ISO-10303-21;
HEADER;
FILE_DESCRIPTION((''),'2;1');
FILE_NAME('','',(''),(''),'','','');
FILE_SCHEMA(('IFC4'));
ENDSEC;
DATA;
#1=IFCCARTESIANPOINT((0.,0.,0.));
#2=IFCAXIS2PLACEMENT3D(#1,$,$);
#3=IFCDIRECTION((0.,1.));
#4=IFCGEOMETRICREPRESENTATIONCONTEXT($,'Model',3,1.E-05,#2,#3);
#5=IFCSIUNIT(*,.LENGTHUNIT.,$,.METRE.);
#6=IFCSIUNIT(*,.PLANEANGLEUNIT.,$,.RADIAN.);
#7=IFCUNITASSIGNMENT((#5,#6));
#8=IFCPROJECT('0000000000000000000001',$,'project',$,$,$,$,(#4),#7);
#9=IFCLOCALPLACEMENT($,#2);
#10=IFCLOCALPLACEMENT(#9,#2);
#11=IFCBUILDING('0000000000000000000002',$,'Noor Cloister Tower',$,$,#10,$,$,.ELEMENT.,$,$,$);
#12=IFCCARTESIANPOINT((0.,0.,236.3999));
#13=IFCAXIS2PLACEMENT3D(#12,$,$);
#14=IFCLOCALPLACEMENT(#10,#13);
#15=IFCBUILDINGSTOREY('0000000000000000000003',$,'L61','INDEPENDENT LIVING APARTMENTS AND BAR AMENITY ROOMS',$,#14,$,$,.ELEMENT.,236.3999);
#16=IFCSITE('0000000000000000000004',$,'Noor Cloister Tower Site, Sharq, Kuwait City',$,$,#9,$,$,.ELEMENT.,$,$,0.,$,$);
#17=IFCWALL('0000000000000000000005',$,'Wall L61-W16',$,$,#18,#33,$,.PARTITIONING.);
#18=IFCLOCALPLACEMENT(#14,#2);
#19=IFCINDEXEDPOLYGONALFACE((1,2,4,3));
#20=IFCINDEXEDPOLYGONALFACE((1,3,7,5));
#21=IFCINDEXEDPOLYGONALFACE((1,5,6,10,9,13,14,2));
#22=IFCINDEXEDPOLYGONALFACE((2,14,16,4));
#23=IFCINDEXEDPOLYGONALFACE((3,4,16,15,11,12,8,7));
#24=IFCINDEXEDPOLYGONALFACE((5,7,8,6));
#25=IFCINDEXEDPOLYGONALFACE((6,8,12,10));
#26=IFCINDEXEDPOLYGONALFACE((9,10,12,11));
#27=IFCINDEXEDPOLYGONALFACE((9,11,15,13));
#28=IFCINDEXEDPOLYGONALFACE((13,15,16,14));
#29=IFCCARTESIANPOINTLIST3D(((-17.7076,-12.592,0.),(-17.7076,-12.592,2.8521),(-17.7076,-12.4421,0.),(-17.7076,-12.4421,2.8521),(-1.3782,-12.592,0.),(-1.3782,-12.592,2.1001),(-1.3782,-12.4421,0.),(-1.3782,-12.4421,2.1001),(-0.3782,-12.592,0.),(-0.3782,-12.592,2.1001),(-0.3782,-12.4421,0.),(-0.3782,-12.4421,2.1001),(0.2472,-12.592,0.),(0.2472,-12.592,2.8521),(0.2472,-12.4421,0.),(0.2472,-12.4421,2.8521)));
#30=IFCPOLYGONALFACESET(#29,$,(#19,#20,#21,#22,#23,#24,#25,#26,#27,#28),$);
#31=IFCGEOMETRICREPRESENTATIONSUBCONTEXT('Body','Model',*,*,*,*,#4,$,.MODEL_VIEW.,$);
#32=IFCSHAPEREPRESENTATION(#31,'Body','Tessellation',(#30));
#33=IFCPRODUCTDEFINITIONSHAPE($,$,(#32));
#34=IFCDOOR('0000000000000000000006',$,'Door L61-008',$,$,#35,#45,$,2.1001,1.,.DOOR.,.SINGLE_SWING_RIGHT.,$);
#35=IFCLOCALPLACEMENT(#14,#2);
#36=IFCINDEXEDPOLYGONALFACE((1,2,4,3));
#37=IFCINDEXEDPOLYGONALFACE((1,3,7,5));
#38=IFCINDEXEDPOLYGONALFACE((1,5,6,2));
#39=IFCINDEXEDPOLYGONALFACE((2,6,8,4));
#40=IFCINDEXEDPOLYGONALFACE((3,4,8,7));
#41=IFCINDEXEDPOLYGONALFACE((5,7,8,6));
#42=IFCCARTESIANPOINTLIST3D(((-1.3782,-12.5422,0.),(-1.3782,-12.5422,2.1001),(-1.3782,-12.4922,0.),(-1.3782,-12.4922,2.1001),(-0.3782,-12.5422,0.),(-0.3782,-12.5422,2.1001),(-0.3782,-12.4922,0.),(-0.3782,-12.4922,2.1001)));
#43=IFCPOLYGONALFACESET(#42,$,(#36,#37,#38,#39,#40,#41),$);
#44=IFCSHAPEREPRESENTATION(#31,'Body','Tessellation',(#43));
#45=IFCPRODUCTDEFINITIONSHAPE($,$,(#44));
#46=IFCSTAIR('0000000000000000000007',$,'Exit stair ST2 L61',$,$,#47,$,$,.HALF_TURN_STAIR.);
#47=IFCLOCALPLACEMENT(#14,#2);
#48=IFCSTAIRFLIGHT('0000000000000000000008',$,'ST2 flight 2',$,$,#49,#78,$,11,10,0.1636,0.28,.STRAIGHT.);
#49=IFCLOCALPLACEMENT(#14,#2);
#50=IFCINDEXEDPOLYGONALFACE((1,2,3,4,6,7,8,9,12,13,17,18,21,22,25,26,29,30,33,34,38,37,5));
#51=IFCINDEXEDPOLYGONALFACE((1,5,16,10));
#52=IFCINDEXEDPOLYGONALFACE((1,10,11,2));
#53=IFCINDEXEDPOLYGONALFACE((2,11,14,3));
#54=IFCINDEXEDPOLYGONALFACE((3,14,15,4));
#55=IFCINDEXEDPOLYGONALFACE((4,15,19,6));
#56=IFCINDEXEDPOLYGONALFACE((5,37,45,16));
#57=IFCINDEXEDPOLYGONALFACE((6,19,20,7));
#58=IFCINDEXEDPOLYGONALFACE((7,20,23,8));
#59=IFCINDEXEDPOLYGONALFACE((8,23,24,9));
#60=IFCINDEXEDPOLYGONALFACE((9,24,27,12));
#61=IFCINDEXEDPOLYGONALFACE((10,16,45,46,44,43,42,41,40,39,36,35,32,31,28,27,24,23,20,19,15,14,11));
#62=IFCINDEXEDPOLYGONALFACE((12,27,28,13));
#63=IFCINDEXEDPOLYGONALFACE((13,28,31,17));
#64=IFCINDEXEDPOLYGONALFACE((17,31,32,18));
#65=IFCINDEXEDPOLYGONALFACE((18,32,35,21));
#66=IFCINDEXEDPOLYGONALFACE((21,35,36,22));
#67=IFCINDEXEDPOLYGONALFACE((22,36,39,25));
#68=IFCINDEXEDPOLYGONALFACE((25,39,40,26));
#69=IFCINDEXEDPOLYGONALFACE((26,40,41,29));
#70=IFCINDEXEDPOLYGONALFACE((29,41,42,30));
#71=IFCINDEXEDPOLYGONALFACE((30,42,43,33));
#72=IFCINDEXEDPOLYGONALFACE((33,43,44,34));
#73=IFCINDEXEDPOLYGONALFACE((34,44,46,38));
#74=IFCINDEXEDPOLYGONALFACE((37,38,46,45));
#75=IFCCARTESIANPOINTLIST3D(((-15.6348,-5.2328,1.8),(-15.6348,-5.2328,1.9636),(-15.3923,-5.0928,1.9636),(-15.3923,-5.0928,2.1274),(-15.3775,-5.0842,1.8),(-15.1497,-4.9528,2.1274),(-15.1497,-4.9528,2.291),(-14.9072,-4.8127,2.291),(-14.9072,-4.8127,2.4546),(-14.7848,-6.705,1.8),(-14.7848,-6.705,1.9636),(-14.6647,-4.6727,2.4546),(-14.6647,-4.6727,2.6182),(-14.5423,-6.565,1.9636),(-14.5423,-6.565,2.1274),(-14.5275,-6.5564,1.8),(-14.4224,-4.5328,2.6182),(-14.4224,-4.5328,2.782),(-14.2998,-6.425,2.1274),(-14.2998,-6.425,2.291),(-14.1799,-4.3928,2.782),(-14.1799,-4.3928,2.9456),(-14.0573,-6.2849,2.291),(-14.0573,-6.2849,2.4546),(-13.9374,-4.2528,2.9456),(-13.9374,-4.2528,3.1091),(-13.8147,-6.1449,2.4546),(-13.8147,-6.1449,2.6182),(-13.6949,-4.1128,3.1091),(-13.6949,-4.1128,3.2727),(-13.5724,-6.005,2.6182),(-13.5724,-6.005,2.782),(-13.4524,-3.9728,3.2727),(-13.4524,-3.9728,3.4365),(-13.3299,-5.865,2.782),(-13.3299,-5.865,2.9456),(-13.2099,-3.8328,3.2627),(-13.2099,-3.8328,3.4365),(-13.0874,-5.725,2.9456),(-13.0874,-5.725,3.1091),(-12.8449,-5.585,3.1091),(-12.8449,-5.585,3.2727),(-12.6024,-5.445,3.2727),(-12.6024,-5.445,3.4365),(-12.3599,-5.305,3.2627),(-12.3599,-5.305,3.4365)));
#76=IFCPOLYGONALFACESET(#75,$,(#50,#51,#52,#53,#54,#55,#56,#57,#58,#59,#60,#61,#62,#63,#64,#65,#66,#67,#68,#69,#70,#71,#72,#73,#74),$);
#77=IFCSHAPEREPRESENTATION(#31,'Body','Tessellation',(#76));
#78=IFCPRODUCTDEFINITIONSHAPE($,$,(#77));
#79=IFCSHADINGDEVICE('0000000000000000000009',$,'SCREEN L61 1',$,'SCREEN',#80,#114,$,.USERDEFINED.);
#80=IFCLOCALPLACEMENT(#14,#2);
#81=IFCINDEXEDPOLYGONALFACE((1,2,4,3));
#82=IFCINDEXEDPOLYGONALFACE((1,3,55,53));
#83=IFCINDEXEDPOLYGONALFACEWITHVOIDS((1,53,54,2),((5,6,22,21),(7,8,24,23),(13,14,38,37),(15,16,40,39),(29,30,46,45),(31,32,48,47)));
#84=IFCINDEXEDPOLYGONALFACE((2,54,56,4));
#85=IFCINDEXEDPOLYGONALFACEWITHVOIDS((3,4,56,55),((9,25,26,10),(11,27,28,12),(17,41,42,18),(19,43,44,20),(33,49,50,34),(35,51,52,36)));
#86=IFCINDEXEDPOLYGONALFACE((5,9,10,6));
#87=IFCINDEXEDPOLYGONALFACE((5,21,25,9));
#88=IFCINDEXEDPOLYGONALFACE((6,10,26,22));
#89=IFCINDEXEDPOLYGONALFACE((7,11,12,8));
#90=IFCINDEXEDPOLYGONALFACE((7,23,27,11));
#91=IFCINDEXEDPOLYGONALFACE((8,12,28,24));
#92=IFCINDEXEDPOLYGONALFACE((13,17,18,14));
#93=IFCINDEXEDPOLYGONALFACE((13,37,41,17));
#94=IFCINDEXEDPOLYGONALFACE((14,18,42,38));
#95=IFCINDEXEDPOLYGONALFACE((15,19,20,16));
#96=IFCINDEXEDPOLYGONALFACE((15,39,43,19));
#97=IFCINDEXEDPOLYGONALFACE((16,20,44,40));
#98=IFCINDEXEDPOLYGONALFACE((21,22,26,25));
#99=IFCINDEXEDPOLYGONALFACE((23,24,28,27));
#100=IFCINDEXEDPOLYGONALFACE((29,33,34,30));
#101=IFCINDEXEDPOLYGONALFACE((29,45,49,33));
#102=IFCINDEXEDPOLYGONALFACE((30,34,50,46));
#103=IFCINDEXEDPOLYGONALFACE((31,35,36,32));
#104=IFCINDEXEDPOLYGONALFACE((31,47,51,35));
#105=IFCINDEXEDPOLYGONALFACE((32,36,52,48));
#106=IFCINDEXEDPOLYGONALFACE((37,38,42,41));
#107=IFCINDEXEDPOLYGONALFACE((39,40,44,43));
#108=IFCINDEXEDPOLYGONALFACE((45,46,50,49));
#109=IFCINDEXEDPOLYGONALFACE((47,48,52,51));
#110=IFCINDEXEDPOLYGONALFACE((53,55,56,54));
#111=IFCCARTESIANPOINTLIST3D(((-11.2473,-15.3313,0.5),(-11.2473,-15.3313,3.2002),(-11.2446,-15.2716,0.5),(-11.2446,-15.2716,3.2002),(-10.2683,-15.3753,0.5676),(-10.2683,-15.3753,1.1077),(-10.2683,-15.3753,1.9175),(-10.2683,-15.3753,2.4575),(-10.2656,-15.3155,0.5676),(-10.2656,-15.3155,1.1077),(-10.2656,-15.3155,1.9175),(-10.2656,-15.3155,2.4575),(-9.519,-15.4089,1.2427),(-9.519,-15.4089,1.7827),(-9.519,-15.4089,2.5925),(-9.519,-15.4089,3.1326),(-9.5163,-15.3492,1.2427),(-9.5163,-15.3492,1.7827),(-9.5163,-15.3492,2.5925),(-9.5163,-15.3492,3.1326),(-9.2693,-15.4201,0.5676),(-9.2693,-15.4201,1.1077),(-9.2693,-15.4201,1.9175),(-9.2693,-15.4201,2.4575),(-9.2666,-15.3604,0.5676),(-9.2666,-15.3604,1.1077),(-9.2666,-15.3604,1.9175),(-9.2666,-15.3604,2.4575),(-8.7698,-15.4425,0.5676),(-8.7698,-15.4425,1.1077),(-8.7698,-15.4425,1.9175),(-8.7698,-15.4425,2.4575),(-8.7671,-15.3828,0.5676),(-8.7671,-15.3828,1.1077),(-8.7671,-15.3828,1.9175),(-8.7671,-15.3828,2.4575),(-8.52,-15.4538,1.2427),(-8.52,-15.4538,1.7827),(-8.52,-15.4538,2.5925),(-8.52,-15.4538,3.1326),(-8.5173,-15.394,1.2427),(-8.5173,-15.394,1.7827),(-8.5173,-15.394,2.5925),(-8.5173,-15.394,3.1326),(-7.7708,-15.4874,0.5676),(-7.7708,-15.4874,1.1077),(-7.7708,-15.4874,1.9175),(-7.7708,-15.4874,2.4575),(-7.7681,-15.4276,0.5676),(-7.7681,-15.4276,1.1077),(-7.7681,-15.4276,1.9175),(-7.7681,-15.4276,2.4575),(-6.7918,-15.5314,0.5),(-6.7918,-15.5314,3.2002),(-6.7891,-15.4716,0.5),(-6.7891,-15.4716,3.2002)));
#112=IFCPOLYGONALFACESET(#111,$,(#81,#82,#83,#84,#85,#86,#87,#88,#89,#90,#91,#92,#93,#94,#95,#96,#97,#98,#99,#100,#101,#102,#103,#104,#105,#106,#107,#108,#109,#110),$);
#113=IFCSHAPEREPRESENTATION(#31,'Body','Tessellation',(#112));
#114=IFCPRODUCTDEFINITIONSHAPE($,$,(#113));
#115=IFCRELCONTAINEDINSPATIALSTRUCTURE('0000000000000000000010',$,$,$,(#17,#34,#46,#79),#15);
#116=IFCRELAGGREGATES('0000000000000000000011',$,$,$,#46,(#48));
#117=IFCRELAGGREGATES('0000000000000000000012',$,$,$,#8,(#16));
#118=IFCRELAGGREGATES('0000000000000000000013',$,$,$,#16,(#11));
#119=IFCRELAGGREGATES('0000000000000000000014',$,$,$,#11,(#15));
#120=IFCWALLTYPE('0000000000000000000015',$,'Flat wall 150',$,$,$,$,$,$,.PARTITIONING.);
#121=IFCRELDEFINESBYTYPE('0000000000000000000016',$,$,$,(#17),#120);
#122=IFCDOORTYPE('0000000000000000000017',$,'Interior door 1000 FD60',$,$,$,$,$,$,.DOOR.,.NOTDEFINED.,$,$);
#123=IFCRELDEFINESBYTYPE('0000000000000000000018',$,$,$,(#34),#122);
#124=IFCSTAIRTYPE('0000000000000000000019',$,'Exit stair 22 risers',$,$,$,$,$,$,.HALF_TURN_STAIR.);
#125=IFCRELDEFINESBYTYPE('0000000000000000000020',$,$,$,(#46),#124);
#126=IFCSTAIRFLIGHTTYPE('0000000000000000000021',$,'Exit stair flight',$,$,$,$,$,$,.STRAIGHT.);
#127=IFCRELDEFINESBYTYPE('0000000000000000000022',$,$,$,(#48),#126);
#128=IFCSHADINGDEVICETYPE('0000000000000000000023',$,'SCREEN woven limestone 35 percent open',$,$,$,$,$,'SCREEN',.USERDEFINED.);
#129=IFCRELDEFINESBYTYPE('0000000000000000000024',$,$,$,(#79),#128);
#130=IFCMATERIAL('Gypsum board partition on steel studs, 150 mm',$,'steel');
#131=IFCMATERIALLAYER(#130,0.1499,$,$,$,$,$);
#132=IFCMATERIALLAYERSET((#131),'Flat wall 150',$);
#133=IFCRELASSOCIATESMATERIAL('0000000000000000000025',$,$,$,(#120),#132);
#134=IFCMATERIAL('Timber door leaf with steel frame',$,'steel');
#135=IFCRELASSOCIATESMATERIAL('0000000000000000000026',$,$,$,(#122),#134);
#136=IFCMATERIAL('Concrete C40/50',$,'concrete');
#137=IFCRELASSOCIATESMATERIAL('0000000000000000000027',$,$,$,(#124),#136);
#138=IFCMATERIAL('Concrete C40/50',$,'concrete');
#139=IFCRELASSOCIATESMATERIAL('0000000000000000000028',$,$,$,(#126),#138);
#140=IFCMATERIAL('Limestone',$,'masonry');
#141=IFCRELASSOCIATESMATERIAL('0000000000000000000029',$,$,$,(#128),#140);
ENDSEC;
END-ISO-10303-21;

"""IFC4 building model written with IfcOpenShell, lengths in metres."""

from ifc_helpers import new_model, si_unit, direction, frame, frame_2d, origin, place, context, subcontext, project, spatial, polyline, rectangle, outline, extrude, material, layer, layer_set, material_profile, profile_set, type_object, element, fill, aggregate, save


model = new_model("IFC4")

# Units and contexts
model_context = context("Model", 3, precision=1e-05, world=origin(), true_north=direction((0.0, 1.0)))
body_context = subcontext(model_context, "Body", "Model", "MODEL_VIEW")
ifc_project = project(units=[si_unit("LENGTHUNIT", "METRE"), si_unit("PLANEANGLEUNIT", "RADIAN")], contexts=[model_context])

# Site, building, storey
site_placement = place(None, origin())
site = spatial("IfcSite", under=ifc_project, at=site_placement, Name="Noor Cloister Tower Site, Sharq, Kuwait City", CompositionType="ELEMENT", RefElevation=0.0)
building_placement = place(site_placement, origin())
building = spatial("IfcBuilding", under=site, at=building_placement, Name="Noor Cloister Tower", CompositionType="ELEMENT")
storey_placement = place(building_placement, frame((0.0, 0.0, 236.3999)))
storey = spatial("IfcBuildingStorey", under=building, at=storey_placement, Name="L61", Description="INDEPENDENT LIVING APARTMENTS AND BAR AMENITY ROOMS", CompositionType="ELEMENT", Elevation=236.3999)

# Wall, opening, door
ifc_material_1 = material(Name="Gypsum board partition on steel studs, 150 mm", Category="steel")
ifc_layer_1 = layer(ifc_material_1, 0.1499)
ifc_layer_set_1 = layer_set([ifc_layer_1], Name="Flat wall 150")
wall_type_1 = type_object("IfcWallType", Name="Flat wall 150", PredefinedType="PARTITIONING", material=ifc_layer_set_1)
ifc_material_2 = material(Name="Timber door leaf with steel frame", Category="steel")
door_type_1 = type_object("IfcDoorType", Name="Interior door 1000 FD60", OperationType="NOTDEFINED", PredefinedType="DOOR", material=ifc_material_2)
wall_1_placement = place(storey_placement, frame((-17.7078, -12.5171, 0.0), z_axis=(0.0, 0.0, 1.0), x_axis=(1.0, 0.0, 0.0)))
wall_1 = element("IfcWall", 1, at=wall_1_placement, inside=storey, type_object=wall_type_1, Name="Wall L61-W16", PredefinedType="PARTITIONING", context=body_context, shape_type="SweptSolid", body=[
    extrude(rectangle(XDim=17.9548, YDim=0.1499, at=frame_2d((8.9775, 0.0))), origin(), (0.0, 0.0, 1.0), 2.8521),
])
opening_1_placement = place(wall_1_placement, frame((16.3296, 0.0, 0.0)))
opening_1 = element("IfcOpeningElement", 2, at=opening_1_placement, cuts=wall_1, PredefinedType="OPENING", context=body_context, shape_type="SweptSolid", body=[
    extrude(rectangle(XDim=1.0, YDim=2.1001, at=frame_2d((0.5, 1.05))), frame((0.0, 0.085, 0.0), z_axis=(0.0, -1.0, 0.0), x_axis=(1.0, 0.0, 0.0)), (0.0, 0.0, 1.0), 0.1699),
])
door_1_placement = place(opening_1_placement, origin())
door_1 = element("IfcDoor", 3, at=door_1_placement, inside=storey, type_object=door_type_1, Name="Door L61-008", OperationType="SINGLE_SWING_RIGHT", OverallHeight=2.1001, OverallWidth=1.0, PredefinedType="DOOR", context=body_context, shape_type="SweptSolid", body=[
    extrude(rectangle(XDim=1.0, YDim=2.1001, at=frame_2d((0.5, 1.05))), frame((0.0, 0.0249, 0.0), z_axis=(0.0, -1.0, 0.0), x_axis=(1.0, 0.0, 0.0)), (0.0, 0.0, 1.0), 0.05),
])
fill(opening_1, door_1)

# Stair, stair flight
ifc_material_3 = material(Name="Concrete C40/50", Category="concrete")
stair_type = type_object("IfcStairType", Name="Exit stair 22 risers", PredefinedType="HALF_TURN_STAIR", material=ifc_material_3)
stair_placement = place(storey_placement, origin())
stair = element("IfcStair", 4, at=stair_placement, inside=storey, type_object=stair_type, Name="Exit stair ST2 L61", PredefinedType="HALF_TURN_STAIR")
ifc_material_4 = material(Name="Concrete C40/50", Category="concrete")
stair_flight_type = type_object("IfcStairFlightType", Name="Exit stair flight", PredefinedType="STRAIGHT", material=ifc_material_4)
stair_flight_placement = place(storey_placement, frame((-15.2097, -5.969, 1.8), z_axis=(0.0, 0.0, 1.0), x_axis=(0.866025, 0.5, 0.0)))
stair_flight = element("IfcStairFlight", 5, at=stair_flight_placement, type_object=stair_flight_type, Name="ST2 flight 2", NumberOfRisers=11, NumberOfTreads=10, PredefinedType="STRAIGHT", RiserHeight=0.1636, TreadLength=0.28, context=body_context, shape_type="SweptSolid", body=[
    extrude(outline(polyline([(0.0, 0.0), (0.0, 0.1636), (0.28, 0.1636), (0.28, 0.3274), (0.5601, 0.3274), (0.5601, 0.491), (0.8401, 0.491), (0.8401, 0.6545), (1.1201, 0.6545), (1.1201, 0.8181), (1.3999, 0.8181), (1.3999, 0.9819), (1.6799, 0.9819), (1.6799, 1.1455), (1.96, 1.1455), (1.96, 1.3091), (2.24, 1.3091), (2.24, 1.4727), (2.52, 1.4727), (2.52, 1.6365), (2.8, 1.6365), (2.8, 1.8), (2.8, 1.4626), (0.2971, 0.0), (0.0, 0.0)])), frame((0.0, 0.8501, 0.0), z_axis=(0.0, -1.0, 0.0), x_axis=(1.0, 0.0, 0.0)), (0.0, 0.0, 1.0), 1.7),
])
aggregate(stair, [stair_flight])

# Shading device
ifc_material_5 = material(Name="Limestone", Category="masonry")
ifc_material_profile_1 = material_profile(ifc_material_5, outline(polyline([(-2.23, -1.3501), (2.23, -1.3501), (2.23, 1.3501), (-2.23, 1.3501), (-2.23, -1.3501)]), holes=[polyline([(-1.25, -1.2825), (-0.25, -1.2825), (-0.25, -0.7424), (-1.25, -0.7424), (-1.25, -1.2825)]), polyline([(0.25, -1.2825), (1.25, -1.2825), (1.25, -0.7424), (0.25, -0.7424), (0.25, -1.2825)]), polyline([(-0.5, -0.6074), (0.5, -0.6074), (0.5, -0.0674), (-0.5, -0.0674), (-0.5, -0.6074)]), polyline([(-1.25, 0.0674), (-0.25, 0.0674), (-0.25, 0.6074), (-1.25, 0.6074), (-1.25, 0.0674)]), polyline([(0.25, 0.0674), (1.25, 0.0674), (1.25, 0.6074), (0.25, 0.6074), (0.25, 0.0674)]), polyline([(-0.5, 0.7424), (0.5, 0.7424), (0.5, 1.2825), (-0.5, 1.2825), (-0.5, 0.7424)])]), Name="Woven screen 35 percent open")
ifc_profile_set_1 = profile_set([ifc_material_profile_1], Name="Limestone")
shading_device_type = type_object("IfcShadingDeviceType", Name="SCREEN woven limestone 35 percent open", ElementType="SCREEN", PredefinedType="USERDEFINED", material=ifc_profile_set_1)
shading_device_placement = place(storey_placement, frame((-9.0168, -15.3716, 1.8501), z_axis=(-0.044853, -0.998994, 0.0), x_axis=(0.998994, -0.044853, 0.0)))
element("IfcShadingDevice", 6, at=shading_device_placement, inside=storey, type_object=shading_device_type, Name="SCREEN L61 1", ObjectType="SCREEN", PredefinedType="USERDEFINED", context=body_context, shape_type="SweptSolid", body=[
    extrude(outline(polyline([(-2.23, -1.3501), (2.23, -1.3501), (2.23, 1.3501), (-2.23, 1.3501), (-2.23, -1.3501)]), holes=[polyline([(-1.25, -1.2825), (-0.25, -1.2825), (-0.25, -0.7424), (-1.25, -0.7424), (-1.25, -1.2825)]), polyline([(0.25, -1.2825), (1.25, -1.2825), (1.25, -0.7424), (0.25, -0.7424), (0.25, -1.2825)]), polyline([(-0.5, -0.6074), (0.5, -0.6074), (0.5, -0.0674), (-0.5, -0.0674), (-0.5, -0.6074)]), polyline([(-1.25, 0.0674), (-0.25, 0.0674), (-0.25, 0.6074), (-1.25, 0.6074), (-1.25, 0.0674)]), polyline([(0.25, 0.0674), (1.25, 0.0674), (1.25, 0.6074), (0.25, 0.6074), (0.25, 0.0674)]), polyline([(-0.5, 0.7424), (0.5, 0.7424), (0.5, 1.2825), (-0.5, 1.2825), (-0.5, 0.7424)])]), origin(), (0.0, 0.0, 1.0), 0.0598),
])

save(model, "model.ifc")
